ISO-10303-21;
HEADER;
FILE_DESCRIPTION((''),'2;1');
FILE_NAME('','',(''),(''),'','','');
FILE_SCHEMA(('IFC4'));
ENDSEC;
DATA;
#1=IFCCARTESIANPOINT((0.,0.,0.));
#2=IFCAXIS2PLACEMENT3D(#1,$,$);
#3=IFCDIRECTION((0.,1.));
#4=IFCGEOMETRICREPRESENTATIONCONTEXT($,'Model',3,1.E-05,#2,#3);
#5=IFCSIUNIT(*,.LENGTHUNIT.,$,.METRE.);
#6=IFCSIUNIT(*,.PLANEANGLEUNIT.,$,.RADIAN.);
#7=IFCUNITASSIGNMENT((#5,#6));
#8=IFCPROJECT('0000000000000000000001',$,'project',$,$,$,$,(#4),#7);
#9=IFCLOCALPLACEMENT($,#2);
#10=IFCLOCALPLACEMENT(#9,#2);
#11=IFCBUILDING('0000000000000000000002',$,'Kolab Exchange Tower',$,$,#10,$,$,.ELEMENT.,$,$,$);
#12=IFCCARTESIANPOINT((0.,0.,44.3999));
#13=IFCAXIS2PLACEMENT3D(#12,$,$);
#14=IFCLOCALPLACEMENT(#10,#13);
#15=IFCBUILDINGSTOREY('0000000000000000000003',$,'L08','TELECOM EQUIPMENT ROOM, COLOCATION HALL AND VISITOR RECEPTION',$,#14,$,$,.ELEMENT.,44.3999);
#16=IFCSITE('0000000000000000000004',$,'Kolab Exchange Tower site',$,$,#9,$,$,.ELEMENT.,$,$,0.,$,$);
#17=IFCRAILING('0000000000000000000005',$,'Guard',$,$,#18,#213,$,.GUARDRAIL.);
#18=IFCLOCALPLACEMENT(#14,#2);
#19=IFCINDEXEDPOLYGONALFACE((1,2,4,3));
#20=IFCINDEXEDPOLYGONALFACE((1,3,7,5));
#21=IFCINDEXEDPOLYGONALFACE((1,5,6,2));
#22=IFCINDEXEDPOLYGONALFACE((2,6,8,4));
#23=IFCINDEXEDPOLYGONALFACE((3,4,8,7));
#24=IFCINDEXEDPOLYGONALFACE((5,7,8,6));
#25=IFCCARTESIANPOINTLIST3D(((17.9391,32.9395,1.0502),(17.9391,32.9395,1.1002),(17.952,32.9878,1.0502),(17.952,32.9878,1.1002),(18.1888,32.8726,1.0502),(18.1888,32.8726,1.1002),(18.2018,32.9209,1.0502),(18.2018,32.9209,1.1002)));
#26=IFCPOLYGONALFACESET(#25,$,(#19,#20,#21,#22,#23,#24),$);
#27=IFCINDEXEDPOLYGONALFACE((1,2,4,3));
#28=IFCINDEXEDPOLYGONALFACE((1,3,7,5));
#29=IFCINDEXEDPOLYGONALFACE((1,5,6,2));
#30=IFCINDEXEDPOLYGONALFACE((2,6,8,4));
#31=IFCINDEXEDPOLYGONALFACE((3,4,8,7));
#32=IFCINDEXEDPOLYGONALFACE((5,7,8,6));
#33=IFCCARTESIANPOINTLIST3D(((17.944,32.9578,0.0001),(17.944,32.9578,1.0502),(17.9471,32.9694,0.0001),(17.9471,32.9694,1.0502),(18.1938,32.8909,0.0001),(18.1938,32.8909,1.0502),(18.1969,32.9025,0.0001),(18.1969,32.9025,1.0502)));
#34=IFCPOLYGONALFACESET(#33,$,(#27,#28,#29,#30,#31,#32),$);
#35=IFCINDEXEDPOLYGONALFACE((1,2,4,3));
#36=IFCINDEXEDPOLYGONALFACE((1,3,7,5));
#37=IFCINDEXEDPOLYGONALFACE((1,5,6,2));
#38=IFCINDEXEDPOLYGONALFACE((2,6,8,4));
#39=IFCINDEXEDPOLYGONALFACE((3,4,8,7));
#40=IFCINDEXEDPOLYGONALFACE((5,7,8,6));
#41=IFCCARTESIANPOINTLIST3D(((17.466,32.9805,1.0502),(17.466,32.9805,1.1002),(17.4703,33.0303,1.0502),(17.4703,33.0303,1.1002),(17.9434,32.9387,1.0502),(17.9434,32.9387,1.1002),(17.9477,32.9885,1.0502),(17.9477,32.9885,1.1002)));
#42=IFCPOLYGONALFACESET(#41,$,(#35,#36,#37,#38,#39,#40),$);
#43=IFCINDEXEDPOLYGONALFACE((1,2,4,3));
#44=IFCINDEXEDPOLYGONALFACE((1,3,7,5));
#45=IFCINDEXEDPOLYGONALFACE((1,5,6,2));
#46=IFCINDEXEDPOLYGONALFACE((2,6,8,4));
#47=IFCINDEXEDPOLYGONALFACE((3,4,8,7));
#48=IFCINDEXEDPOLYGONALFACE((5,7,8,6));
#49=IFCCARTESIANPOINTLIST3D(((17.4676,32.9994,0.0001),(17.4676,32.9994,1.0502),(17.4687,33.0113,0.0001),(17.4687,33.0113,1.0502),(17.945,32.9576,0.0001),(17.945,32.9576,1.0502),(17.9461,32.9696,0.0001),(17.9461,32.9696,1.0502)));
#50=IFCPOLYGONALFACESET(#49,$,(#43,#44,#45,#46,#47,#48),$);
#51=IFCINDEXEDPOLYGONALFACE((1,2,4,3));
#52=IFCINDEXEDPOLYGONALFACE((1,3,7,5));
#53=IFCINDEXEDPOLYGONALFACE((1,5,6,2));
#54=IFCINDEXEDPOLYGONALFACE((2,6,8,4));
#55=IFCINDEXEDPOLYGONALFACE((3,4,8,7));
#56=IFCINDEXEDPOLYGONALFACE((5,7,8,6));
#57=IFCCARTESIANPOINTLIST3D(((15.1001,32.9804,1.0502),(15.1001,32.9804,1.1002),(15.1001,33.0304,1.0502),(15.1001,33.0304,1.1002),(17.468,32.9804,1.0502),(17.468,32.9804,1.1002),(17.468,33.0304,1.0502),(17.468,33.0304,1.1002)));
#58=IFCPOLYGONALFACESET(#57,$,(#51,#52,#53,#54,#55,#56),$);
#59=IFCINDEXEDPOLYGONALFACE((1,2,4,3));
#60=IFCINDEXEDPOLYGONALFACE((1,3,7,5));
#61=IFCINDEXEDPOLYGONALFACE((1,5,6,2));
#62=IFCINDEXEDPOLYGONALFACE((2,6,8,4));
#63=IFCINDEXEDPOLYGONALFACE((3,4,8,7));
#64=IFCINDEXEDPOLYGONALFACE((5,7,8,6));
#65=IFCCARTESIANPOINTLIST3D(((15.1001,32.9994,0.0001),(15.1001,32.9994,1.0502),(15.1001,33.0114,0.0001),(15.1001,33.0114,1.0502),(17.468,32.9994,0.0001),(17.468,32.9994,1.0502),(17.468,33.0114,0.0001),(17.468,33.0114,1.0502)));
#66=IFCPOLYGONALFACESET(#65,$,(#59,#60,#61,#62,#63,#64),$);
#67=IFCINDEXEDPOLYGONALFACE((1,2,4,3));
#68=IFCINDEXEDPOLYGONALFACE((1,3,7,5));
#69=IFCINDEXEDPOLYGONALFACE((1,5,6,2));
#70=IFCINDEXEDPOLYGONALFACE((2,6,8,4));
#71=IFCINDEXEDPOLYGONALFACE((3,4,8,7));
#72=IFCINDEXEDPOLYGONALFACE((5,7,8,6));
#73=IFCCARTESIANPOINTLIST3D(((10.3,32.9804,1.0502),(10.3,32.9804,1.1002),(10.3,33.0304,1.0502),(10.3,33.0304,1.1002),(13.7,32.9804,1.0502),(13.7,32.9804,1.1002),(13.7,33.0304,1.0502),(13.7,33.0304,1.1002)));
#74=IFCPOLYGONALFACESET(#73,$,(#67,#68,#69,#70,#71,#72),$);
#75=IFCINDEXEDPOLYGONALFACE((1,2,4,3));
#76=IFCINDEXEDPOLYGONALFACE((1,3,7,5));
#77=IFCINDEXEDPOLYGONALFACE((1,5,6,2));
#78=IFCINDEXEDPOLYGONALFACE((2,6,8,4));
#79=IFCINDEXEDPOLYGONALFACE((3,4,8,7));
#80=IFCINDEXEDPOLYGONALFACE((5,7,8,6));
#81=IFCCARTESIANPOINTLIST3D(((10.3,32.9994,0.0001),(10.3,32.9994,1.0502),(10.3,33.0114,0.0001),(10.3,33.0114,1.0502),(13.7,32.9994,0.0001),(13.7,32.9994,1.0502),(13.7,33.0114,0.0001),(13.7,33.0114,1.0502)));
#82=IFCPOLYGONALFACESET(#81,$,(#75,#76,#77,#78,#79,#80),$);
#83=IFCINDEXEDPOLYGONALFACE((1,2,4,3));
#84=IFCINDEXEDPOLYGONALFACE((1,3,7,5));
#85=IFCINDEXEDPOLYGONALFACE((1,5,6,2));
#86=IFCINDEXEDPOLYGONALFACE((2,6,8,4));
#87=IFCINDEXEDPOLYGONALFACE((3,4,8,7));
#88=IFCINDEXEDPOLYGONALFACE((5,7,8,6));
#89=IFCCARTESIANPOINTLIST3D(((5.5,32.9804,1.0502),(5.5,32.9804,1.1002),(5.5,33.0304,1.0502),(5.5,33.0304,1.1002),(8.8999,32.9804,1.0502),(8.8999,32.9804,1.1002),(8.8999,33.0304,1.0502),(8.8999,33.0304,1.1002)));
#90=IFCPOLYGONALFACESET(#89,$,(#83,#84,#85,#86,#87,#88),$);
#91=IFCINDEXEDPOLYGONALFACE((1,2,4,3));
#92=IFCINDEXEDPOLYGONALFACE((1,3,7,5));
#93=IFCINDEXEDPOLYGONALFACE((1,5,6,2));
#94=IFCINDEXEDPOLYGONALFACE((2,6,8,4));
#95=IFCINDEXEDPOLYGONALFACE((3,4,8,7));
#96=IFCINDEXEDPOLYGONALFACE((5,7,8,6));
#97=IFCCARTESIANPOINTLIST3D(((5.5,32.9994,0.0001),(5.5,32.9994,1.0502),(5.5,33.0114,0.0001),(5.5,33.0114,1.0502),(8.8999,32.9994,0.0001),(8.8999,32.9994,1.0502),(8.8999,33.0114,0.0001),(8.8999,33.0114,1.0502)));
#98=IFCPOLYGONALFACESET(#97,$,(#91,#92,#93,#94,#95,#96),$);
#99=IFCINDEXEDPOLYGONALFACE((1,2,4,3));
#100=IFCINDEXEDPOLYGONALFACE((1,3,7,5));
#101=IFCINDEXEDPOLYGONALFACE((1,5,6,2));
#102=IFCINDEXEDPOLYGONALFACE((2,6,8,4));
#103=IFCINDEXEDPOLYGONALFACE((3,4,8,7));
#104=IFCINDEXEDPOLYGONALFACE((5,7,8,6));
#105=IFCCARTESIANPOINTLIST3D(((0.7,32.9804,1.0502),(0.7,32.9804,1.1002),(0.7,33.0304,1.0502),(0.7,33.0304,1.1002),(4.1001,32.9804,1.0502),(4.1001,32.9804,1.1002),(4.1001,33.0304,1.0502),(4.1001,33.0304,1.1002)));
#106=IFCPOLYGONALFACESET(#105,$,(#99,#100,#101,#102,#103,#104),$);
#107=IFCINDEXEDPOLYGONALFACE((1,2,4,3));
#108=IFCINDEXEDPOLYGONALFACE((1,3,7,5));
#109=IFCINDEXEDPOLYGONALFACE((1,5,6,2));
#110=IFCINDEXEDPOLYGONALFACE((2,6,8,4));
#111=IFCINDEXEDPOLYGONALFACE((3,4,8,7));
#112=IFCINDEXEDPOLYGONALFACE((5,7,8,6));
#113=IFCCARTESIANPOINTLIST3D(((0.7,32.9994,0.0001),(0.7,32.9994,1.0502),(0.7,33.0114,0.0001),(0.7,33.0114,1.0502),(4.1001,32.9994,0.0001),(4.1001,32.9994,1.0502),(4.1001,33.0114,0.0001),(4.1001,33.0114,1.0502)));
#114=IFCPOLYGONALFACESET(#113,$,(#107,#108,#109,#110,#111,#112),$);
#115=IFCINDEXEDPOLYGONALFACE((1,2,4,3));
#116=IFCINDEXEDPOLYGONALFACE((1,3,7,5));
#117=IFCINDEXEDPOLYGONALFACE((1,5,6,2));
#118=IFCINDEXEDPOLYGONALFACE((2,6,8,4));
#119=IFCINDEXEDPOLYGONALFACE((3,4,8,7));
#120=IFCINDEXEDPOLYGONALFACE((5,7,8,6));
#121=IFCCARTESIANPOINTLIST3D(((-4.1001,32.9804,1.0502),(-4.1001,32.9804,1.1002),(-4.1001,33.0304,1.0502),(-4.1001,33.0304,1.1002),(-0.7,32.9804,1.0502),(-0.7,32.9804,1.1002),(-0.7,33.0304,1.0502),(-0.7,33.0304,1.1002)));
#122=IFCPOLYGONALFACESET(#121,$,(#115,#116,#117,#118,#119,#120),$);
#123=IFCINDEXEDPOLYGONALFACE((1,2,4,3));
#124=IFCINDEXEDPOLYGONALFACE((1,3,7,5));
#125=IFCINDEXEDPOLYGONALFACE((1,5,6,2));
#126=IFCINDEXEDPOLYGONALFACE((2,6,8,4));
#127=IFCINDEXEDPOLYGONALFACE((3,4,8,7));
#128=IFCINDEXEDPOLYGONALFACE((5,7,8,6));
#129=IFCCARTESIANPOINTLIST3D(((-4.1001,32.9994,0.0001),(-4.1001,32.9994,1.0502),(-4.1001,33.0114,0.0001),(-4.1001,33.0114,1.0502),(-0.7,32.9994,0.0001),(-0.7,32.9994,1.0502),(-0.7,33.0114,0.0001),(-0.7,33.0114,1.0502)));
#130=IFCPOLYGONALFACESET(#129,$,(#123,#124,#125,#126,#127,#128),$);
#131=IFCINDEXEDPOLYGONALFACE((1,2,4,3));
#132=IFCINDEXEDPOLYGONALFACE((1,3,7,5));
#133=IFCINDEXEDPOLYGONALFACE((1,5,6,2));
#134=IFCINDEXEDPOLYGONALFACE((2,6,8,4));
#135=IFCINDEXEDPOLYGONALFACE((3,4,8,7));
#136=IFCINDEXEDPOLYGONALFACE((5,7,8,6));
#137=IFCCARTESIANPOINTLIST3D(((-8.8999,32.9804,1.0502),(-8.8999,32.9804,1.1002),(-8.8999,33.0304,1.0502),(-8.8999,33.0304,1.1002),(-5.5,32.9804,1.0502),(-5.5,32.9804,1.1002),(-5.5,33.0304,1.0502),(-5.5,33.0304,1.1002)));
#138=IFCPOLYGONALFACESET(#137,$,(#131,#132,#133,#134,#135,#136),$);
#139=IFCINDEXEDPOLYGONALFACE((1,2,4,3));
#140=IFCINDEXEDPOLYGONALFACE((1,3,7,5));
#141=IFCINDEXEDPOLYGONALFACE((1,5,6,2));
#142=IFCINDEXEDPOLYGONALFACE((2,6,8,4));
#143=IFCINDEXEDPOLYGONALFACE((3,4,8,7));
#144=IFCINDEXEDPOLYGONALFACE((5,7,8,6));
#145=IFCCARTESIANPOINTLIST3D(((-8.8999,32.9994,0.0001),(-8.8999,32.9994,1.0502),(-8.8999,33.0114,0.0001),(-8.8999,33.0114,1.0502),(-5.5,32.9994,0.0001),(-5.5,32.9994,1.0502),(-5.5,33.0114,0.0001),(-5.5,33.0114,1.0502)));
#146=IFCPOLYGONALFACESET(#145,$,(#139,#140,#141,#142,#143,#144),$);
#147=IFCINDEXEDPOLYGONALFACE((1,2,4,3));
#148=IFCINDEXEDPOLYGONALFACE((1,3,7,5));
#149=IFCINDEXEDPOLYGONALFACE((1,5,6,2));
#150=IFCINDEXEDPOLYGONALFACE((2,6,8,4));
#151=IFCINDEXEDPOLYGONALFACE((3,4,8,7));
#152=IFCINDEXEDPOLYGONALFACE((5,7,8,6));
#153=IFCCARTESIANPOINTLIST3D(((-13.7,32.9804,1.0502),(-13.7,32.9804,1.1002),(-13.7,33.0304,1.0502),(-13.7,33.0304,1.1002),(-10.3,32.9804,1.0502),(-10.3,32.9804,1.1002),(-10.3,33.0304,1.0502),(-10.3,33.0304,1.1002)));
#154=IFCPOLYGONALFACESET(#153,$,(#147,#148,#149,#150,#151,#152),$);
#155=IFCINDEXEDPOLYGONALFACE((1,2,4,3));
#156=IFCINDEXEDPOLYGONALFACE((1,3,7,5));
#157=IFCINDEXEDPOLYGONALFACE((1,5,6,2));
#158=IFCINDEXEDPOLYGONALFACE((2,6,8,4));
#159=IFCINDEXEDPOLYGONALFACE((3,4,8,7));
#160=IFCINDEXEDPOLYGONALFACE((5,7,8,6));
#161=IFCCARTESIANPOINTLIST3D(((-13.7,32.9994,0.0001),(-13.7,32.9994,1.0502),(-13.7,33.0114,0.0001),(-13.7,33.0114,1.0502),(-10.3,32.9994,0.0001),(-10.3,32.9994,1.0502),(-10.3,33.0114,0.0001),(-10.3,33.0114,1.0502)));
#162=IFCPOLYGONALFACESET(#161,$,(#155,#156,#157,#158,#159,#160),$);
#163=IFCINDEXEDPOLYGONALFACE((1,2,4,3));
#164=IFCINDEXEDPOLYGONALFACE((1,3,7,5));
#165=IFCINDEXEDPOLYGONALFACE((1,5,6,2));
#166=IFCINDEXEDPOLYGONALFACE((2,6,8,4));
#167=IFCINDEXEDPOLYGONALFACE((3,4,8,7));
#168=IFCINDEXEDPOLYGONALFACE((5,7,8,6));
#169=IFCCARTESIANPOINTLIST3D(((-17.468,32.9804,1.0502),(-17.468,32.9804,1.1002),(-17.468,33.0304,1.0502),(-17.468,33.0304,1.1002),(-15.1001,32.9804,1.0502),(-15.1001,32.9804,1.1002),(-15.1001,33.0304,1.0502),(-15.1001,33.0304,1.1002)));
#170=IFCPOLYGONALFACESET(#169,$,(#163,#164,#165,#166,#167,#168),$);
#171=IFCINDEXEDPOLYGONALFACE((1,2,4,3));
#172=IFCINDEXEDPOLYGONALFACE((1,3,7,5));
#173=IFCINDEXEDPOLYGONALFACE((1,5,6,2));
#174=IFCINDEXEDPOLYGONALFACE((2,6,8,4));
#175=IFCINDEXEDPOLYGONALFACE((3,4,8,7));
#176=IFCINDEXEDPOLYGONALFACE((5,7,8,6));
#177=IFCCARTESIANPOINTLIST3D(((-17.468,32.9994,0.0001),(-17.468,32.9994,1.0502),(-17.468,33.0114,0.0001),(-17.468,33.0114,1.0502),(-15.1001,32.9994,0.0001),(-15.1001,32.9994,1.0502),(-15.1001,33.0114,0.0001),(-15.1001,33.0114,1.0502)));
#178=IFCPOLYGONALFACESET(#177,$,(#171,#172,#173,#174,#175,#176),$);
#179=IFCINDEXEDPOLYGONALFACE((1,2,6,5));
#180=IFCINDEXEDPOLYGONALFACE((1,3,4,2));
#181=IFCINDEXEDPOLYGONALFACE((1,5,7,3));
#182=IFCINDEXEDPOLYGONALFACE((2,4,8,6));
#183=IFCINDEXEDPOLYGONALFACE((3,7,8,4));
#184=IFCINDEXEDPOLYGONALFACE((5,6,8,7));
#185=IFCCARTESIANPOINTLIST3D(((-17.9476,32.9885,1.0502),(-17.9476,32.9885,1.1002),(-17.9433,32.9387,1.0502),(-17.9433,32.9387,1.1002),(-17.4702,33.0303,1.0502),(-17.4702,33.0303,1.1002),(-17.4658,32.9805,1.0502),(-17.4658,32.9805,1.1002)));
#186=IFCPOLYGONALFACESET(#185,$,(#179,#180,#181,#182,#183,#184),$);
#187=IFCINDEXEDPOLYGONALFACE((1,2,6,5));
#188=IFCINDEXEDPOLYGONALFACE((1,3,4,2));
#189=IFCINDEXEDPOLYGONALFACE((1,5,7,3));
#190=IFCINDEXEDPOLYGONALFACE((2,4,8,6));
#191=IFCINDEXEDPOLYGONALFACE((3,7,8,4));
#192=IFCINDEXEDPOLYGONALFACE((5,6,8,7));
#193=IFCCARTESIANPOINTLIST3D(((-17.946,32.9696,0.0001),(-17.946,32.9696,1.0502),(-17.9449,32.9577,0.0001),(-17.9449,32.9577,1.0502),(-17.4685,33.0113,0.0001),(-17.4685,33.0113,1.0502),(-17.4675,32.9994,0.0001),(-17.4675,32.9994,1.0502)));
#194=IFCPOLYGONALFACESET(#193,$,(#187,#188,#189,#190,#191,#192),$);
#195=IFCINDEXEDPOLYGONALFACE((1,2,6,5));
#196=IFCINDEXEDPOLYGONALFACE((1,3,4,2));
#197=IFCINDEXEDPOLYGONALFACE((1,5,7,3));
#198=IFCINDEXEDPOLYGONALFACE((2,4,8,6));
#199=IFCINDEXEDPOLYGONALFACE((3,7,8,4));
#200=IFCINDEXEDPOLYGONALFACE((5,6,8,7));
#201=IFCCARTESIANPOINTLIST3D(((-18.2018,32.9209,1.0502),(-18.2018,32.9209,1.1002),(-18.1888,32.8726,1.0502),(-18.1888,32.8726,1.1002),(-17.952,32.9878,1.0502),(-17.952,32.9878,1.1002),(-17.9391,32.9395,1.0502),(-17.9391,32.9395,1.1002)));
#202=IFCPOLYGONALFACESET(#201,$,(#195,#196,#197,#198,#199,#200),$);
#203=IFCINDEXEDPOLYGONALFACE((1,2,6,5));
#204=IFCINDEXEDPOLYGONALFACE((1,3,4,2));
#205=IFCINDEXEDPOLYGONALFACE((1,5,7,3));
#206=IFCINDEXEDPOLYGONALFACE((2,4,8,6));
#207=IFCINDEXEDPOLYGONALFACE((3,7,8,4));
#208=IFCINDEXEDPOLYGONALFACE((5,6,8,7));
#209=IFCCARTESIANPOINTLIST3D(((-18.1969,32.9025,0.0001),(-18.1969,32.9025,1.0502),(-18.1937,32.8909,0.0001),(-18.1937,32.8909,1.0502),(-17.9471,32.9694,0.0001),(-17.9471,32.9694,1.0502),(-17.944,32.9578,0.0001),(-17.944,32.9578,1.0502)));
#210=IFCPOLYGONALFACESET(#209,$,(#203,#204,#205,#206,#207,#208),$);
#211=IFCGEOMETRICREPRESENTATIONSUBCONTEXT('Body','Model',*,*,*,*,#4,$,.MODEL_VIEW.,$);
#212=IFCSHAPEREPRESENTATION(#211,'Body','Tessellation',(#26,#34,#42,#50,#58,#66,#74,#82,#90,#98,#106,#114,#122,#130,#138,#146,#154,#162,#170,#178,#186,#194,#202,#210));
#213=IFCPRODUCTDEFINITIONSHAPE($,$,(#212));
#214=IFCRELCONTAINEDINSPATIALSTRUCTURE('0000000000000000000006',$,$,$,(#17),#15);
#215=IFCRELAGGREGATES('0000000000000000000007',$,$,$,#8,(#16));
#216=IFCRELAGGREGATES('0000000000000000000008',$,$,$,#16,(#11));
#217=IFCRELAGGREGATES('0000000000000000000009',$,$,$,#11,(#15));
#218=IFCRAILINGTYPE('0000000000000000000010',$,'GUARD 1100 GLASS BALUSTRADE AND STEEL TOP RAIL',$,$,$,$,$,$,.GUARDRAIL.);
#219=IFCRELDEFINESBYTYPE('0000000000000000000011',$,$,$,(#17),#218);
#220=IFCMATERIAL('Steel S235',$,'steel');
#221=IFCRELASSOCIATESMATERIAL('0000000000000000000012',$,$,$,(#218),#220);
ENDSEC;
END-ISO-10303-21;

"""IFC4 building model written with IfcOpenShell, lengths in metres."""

from ifc_helpers import new_model, si_unit, direction, frame, frame_2d, origin, origin_2d, place, context, subcontext, project, spatial, rectangle, extrude, material, type_object, element, save


model = new_model("IFC4")

# Units and contexts
model_context = context("Model", 3, precision=1e-05, world=origin(), true_north=direction((0.0, 1.0)))
body_context = subcontext(model_context, "Body", "Model", "MODEL_VIEW")
ifc_project = project(units=[si_unit("LENGTHUNIT", "METRE"), si_unit("PLANEANGLEUNIT", "RADIAN")], contexts=[model_context])

# Site, building, storey
site_placement = place(None, origin())
site = spatial("IfcSite", under=ifc_project, at=site_placement, Name="Kolab Exchange Tower site", CompositionType="ELEMENT", RefElevation=0.0)
building_placement = place(site_placement, origin())
building = spatial("IfcBuilding", under=site, at=building_placement, Name="Kolab Exchange Tower", CompositionType="ELEMENT")
storey_placement = place(building_placement, frame((0.0, 0.0, 44.3999)))
storey = spatial("IfcBuildingStorey", under=building, at=storey_placement, Name="L08", Description="TELECOM EQUIPMENT ROOM, COLOCATION HALL AND VISITOR RECEPTION", CompositionType="ELEMENT", Elevation=44.3999)

# Railing
ifc_material_1 = material(Name="Steel S235", Category="steel")
railing_type = type_object("IfcRailingType", Name="GUARD 1100 GLASS BALUSTRADE AND STEEL TOP RAIL", PredefinedType="GUARDRAIL", material=ifc_material_1)
railing_placement = place(storey_placement, frame((18.1953, 32.8967, 0.0)))
element("IfcRailing", 1, at=railing_placement, inside=storey, type_object=railing_type, Name="Guard", PredefinedType="GUARDRAIL", context=body_context, shape_type="SweptSolid", body=[
    extrude(rectangle(XDim=0.05, YDim=0.05, at=origin_2d()), frame((0.0, 0.0, 1.0752), z_axis=(-0.965952, 0.25872, 0.0), x_axis=(-0.25872, -0.965952, 0.0)), (0.0, 0.0, 1.0), 0.2585),
    extrude(rectangle(XDim=0.012, YDim=1.0501, at=frame_2d((0.0, 0.5251))), frame((0.0, 0.0, 0.0), z_axis=(-0.965952, 0.25872, 0.0), x_axis=(-0.25872, -0.965952, 0.0)), (0.0, 0.0, 1.0), 0.2585),
    extrude(rectangle(XDim=0.05, YDim=0.05, at=origin_2d()), frame((-0.2498, 0.0669, 1.0752), z_axis=(-0.9962, 0.087091, 0.0), x_axis=(-0.087091, -0.9962, 0.0)), (0.0, 0.0, 1.0), 0.4792),
    extrude(rectangle(XDim=0.012, YDim=1.0501, at=frame_2d((0.0, 0.5251))), frame((-0.2498, 0.0669, 0.0), z_axis=(-0.9962, 0.087091, 0.0), x_axis=(-0.087091, -0.9962, 0.0)), (0.0, 0.0, 1.0), 0.4792),
    extrude(rectangle(XDim=0.05, YDim=0.05, at=origin_2d()), frame((-0.7273, 0.1086, 1.0752), z_axis=(-1.0, 0.0, 0.0), x_axis=(0.0, -1.0, 0.0)), (0.0, 0.0, 1.0), 2.3679),
    extrude(rectangle(XDim=0.012, YDim=1.0501, at=frame_2d((0.0, 0.5251))), frame((-0.7273, 0.1086, 0.0), z_axis=(-1.0, 0.0, 0.0), x_axis=(0.0, -1.0, 0.0)), (0.0, 0.0, 1.0), 2.3679),
    extrude(rectangle(XDim=0.05, YDim=0.05, at=origin_2d()), frame((-4.4954, 0.1086, 1.0752), z_axis=(-1.0, 0.0, 0.0), x_axis=(0.0, -1.0, 0.0)), (0.0, 0.0, 1.0), 3.3999),
    extrude(rectangle(XDim=0.012, YDim=1.0501, at=frame_2d((0.0, 0.5251))), frame((-4.4954, 0.1086, 0.0), z_axis=(-1.0, 0.0, 0.0), x_axis=(0.0, -1.0, 0.0)), (0.0, 0.0, 1.0), 3.3999),
    extrude(rectangle(XDim=0.05, YDim=0.05, at=origin_2d()), frame((-9.2954, 0.1086, 1.0752), z_axis=(-1.0, 0.0, 0.0), x_axis=(0.0, -1.0, 0.0)), (0.0, 0.0, 1.0), 3.3999),
    extrude(rectangle(XDim=0.012, YDim=1.0501, at=frame_2d((0.0, 0.5251))), frame((-9.2954, 0.1086, 0.0), z_axis=(-1.0, 0.0, 0.0), x_axis=(0.0, -1.0, 0.0)), (0.0, 0.0, 1.0), 3.3999),
    extrude(rectangle(XDim=0.05, YDim=0.05, at=origin_2d()), frame((-14.0952, 0.1086, 1.0752), z_axis=(-1.0, 0.0, 0.0), x_axis=(0.0, -1.0, 0.0)), (0.0, 0.0, 1.0), 3.4001),
    extrude(rectangle(XDim=0.012, YDim=1.0501, at=frame_2d((0.0, 0.5251))), frame((-14.0952, 0.1086, 0.0), z_axis=(-1.0, 0.0, 0.0), x_axis=(0.0, -1.0, 0.0)), (0.0, 0.0, 1.0), 3.4001),
    extrude(rectangle(XDim=0.05, YDim=0.05, at=origin_2d()), frame((-18.8953, 0.1086, 1.0752), z_axis=(-1.0, 0.0, 0.0), x_axis=(0.0, -1.0, 0.0)), (0.0, 0.0, 1.0), 3.4001),
    extrude(rectangle(XDim=0.012, YDim=1.0501, at=frame_2d((0.0, 0.5251))), frame((-18.8953, 0.1086, 0.0), z_axis=(-1.0, 0.0, 0.0), x_axis=(0.0, -1.0, 0.0)), (0.0, 0.0, 1.0), 3.4001),
    extrude(rectangle(XDim=0.05, YDim=0.05, at=origin_2d()), frame((-23.6953, 0.1086, 1.0752), z_axis=(-1.0, 0.0, 0.0), x_axis=(0.0, -1.0, 0.0)), (0.0, 0.0, 1.0), 3.3999),
    extrude(rectangle(XDim=0.012, YDim=1.0501, at=frame_2d((0.0, 0.5251))), frame((-23.6953, 0.1086, 0.0), z_axis=(-1.0, 0.0, 0.0), x_axis=(0.0, -1.0, 0.0)), (0.0, 0.0, 1.0), 3.3999),
    extrude(rectangle(XDim=0.05, YDim=0.05, at=origin_2d()), frame((-28.4954, 0.1086, 1.0752), z_axis=(-1.0, 0.0, 0.0), x_axis=(0.0, -1.0, 0.0)), (0.0, 0.0, 1.0), 3.3999),
    extrude(rectangle(XDim=0.012, YDim=1.0501, at=frame_2d((0.0, 0.5251))), frame((-28.4954, 0.1086, 0.0), z_axis=(-1.0, 0.0, 0.0), x_axis=(0.0, -1.0, 0.0)), (0.0, 0.0, 1.0), 3.3999),
    extrude(rectangle(XDim=0.05, YDim=0.05, at=origin_2d()), frame((-33.2954, 0.1086, 1.0752), z_axis=(-1.0, 0.0, 0.0), x_axis=(0.0, -1.0, 0.0)), (0.0, 0.0, 1.0), 2.3679),
    extrude(rectangle(XDim=0.012, YDim=1.0501, at=frame_2d((0.0, 0.5251))), frame((-33.2954, 0.1086, 0.0), z_axis=(-1.0, 0.0, 0.0), x_axis=(0.0, -1.0, 0.0)), (0.0, 0.0, 1.0), 2.3679),
    extrude(rectangle(XDim=0.05, YDim=0.05, at=origin_2d()), frame((-35.6633, 0.1086, 1.0752), z_axis=(-0.9962, -0.087091, 0.0), x_axis=(0.087091, -0.9962, 0.0)), (0.0, 0.0, 1.0), 0.4792),
    extrude(rectangle(XDim=0.012, YDim=1.0501, at=frame_2d((0.0, 0.5251))), frame((-35.6633, 0.1086, 0.0), z_axis=(-0.9962, -0.087091, 0.0), x_axis=(0.087091, -0.9962, 0.0)), (0.0, 0.0, 1.0), 0.4792),
    extrude(rectangle(XDim=0.05, YDim=0.05, at=origin_2d()), frame((-36.1409, 0.0669, 1.0752), z_axis=(-0.965952, -0.25872, 0.0), x_axis=(0.25872, -0.965952, 0.0)), (0.0, 0.0, 1.0), 0.2585),
    extrude(rectangle(XDim=0.012, YDim=1.0501, at=frame_2d((0.0, 0.5251))), frame((-36.1409, 0.0669, 0.0), z_axis=(-0.965952, -0.25872, 0.0), x_axis=(0.25872, -0.965952, 0.0)), (0.0, 0.0, 1.0), 0.2585),
])

save(model, "model.ifc")
